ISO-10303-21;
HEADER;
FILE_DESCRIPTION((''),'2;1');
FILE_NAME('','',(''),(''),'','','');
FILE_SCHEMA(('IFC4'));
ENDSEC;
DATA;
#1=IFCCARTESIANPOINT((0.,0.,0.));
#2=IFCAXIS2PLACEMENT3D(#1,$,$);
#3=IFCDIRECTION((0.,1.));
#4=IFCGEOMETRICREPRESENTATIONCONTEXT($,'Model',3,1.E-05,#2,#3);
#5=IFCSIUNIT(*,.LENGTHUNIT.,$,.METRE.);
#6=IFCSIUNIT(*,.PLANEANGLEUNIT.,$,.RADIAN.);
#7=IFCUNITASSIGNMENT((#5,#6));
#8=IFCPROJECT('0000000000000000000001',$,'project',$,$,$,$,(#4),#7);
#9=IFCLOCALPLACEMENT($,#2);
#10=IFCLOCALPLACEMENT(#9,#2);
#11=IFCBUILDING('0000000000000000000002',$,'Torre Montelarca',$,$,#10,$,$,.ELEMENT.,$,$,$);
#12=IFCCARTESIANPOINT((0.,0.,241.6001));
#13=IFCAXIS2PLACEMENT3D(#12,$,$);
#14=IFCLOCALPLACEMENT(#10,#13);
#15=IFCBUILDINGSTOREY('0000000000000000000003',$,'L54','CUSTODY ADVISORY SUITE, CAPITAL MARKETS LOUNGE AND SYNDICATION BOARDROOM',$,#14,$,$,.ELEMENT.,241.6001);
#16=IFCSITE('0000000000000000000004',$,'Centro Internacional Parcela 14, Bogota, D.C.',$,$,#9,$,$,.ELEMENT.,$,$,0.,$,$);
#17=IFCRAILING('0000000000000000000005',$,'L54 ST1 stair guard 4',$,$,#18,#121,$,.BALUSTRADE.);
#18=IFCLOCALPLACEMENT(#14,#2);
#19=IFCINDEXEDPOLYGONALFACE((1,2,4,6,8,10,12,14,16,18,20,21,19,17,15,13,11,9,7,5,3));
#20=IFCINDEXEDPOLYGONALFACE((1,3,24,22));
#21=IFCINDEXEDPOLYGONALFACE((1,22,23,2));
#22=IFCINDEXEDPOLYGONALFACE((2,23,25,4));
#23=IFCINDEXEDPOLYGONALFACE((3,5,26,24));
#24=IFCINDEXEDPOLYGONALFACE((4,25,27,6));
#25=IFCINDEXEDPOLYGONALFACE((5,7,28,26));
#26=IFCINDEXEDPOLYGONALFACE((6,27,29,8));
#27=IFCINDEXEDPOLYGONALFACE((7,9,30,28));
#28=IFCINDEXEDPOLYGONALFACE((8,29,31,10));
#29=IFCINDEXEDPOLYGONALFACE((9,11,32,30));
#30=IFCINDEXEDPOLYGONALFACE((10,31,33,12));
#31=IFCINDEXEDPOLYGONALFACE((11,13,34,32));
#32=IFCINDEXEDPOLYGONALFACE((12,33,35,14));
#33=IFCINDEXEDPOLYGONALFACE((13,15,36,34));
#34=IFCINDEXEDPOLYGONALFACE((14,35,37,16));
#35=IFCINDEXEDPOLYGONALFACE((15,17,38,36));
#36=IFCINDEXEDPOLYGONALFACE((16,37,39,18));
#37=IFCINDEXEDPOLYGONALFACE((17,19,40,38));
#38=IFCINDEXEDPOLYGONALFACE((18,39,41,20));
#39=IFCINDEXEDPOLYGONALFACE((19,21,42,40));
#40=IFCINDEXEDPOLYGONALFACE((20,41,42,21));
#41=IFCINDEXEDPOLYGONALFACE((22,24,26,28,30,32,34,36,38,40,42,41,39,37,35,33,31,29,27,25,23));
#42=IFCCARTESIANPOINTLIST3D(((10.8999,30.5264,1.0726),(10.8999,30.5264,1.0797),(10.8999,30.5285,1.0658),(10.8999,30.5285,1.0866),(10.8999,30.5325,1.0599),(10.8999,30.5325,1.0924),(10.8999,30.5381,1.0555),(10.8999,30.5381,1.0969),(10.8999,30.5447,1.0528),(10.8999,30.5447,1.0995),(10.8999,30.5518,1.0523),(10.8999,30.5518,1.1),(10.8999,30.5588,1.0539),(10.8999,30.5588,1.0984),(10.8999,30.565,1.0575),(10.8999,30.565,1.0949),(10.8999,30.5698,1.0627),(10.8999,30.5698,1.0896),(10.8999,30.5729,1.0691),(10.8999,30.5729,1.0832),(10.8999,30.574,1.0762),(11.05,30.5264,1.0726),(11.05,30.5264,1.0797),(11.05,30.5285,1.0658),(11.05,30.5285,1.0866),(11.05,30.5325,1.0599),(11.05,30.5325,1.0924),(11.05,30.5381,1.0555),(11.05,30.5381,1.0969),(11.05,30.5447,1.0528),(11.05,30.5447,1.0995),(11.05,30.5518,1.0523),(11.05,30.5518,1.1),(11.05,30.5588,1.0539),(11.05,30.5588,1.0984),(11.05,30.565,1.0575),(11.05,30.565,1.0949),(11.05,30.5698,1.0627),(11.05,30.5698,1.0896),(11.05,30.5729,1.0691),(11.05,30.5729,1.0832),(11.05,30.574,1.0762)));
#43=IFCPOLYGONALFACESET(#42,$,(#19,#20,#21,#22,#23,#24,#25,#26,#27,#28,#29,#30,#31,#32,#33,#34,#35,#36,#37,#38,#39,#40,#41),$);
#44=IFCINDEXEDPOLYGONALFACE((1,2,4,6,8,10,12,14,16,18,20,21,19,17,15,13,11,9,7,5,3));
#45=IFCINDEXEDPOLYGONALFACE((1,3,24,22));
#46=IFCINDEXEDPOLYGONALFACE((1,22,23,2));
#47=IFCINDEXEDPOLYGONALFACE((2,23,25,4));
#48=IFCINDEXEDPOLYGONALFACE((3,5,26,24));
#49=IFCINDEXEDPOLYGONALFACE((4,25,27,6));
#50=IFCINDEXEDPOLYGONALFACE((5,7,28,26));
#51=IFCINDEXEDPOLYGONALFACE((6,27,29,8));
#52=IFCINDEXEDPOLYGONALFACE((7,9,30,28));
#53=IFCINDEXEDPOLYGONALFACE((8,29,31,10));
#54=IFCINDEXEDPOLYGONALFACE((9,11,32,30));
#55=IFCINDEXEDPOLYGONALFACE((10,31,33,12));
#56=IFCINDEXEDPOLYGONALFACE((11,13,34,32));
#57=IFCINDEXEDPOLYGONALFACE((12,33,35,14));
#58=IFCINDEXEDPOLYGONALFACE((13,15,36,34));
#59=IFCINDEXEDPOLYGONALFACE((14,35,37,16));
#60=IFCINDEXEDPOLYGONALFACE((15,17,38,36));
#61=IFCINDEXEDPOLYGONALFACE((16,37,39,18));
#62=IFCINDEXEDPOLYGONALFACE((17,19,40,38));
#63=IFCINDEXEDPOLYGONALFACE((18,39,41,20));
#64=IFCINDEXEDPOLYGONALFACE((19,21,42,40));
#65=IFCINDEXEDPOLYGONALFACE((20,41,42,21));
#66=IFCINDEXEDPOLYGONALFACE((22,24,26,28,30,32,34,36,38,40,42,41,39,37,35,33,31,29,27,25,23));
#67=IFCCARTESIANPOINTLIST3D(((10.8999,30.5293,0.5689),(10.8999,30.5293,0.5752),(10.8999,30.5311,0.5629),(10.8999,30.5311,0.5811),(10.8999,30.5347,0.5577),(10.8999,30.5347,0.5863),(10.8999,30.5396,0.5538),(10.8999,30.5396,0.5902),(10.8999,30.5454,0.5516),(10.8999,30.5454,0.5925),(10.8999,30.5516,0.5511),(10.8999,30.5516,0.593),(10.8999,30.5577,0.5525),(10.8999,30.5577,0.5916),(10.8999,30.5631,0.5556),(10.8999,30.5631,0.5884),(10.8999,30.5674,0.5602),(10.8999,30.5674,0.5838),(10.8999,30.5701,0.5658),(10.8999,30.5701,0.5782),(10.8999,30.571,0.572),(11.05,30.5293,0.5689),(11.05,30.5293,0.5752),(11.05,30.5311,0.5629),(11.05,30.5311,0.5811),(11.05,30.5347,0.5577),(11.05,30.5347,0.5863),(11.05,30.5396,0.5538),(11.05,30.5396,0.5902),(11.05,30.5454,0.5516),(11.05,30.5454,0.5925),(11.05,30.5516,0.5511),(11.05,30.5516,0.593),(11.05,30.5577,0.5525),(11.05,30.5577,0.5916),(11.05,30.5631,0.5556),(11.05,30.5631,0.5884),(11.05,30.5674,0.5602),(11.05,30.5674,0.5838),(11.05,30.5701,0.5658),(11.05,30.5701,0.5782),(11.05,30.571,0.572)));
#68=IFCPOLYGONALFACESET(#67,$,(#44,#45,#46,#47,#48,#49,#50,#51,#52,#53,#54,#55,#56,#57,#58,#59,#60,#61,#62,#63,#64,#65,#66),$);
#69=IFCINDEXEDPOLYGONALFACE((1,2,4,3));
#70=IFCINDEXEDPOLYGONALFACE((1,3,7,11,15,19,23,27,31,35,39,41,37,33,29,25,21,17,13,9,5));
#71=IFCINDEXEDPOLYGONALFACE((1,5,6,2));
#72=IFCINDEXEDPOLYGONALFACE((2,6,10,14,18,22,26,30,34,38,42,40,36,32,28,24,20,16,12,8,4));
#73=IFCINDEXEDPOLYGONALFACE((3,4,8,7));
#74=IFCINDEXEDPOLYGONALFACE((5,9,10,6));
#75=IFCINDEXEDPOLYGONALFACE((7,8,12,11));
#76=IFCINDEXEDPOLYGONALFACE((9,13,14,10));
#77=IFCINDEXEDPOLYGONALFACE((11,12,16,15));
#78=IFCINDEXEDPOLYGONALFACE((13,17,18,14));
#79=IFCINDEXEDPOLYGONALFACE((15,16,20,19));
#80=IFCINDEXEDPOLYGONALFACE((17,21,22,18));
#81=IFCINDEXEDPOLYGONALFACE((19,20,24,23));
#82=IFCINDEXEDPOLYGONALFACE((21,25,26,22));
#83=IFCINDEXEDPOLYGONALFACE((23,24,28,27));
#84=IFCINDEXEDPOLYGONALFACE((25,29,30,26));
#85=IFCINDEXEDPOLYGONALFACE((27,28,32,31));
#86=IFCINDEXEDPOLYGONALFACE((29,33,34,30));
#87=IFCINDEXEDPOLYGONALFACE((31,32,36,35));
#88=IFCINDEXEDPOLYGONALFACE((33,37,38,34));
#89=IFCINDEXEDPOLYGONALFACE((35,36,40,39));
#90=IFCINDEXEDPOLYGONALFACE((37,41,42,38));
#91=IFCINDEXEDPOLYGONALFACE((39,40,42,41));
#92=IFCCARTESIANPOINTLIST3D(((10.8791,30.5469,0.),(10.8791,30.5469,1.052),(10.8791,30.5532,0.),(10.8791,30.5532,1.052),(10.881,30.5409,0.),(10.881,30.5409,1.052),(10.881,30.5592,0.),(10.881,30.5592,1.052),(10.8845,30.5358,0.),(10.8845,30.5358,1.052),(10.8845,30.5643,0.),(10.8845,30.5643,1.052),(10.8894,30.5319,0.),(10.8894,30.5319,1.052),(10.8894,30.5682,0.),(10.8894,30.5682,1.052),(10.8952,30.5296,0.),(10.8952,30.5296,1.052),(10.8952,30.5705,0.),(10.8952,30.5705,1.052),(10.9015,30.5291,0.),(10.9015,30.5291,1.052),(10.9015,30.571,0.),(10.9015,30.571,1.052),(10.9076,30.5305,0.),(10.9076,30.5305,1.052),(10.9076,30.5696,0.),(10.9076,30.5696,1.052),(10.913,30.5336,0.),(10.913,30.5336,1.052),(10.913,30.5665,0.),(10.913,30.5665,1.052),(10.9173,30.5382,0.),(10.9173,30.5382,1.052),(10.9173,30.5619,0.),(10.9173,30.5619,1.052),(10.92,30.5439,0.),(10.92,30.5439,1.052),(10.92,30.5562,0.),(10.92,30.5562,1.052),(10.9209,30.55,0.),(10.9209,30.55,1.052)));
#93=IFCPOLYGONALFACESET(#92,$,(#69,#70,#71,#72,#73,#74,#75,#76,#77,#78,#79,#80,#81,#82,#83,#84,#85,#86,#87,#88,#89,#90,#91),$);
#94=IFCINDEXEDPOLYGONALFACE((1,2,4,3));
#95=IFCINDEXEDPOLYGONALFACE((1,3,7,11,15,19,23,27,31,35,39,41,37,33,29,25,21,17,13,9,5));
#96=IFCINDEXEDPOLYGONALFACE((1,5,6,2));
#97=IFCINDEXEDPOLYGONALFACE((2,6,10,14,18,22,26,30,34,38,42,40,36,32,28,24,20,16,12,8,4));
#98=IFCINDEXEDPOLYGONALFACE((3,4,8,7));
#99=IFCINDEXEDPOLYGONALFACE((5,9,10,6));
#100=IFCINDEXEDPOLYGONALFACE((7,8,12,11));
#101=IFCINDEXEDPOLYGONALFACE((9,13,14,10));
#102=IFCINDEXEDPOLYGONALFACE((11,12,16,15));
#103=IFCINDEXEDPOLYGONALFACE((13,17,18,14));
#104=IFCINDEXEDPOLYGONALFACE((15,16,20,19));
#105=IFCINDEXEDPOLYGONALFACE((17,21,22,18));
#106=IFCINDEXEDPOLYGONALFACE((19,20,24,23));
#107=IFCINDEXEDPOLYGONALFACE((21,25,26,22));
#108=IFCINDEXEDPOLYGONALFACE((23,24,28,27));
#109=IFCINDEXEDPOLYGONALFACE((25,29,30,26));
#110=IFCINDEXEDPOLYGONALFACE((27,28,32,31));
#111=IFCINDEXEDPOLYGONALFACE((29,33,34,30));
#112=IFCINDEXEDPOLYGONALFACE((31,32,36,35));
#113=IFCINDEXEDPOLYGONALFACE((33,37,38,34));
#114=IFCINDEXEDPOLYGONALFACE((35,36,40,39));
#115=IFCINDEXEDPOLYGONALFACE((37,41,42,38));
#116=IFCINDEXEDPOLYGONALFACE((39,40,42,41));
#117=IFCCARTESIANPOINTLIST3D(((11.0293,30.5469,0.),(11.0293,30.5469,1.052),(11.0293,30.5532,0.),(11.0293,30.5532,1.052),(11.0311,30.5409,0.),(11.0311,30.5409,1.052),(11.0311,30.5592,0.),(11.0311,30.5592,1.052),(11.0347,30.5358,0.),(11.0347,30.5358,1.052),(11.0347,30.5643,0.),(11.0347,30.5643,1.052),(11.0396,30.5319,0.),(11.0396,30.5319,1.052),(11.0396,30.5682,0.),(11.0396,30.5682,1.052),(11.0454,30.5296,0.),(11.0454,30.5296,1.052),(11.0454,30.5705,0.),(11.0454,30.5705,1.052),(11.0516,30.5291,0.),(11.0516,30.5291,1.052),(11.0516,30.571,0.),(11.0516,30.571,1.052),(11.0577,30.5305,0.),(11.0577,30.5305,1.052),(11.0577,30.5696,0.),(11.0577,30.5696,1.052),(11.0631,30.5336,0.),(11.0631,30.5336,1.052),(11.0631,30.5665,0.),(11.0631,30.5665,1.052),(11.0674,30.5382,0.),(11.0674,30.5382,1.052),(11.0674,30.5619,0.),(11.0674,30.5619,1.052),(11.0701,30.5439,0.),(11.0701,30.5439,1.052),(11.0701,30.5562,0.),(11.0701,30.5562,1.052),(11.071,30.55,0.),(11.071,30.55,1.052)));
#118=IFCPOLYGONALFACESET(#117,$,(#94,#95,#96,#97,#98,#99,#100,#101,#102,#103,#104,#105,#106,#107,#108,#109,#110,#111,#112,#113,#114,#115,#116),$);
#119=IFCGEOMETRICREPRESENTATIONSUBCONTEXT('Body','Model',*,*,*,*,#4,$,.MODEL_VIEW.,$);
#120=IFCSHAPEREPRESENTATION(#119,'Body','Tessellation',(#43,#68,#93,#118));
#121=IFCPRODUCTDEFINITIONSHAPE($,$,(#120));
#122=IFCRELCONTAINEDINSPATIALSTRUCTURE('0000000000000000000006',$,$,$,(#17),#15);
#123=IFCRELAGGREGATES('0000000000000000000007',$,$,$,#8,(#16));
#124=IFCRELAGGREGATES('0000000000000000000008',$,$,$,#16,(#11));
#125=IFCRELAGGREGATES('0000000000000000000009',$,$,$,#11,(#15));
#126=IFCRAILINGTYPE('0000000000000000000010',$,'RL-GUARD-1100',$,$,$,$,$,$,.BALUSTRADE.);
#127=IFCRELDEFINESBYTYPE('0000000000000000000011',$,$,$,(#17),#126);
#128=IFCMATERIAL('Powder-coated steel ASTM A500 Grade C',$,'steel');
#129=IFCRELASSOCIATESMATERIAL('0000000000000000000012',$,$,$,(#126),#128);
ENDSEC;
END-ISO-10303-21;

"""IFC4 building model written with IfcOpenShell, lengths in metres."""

from ifc_helpers import new_model, si_unit, direction, frame, origin, origin_2d, place, context, subcontext, project, spatial, circle, extrude, material, type_object, element, save


model = new_model("IFC4")

# Units and contexts
model_context = context("Model", 3, precision=1e-05, world=origin(), true_north=direction((0.0, 1.0)))
body_context = subcontext(model_context, "Body", "Model", "MODEL_VIEW")
ifc_project = project(units=[si_unit("LENGTHUNIT", "METRE"), si_unit("PLANEANGLEUNIT", "RADIAN")], contexts=[model_context])

# Site, building, storey
site_placement = place(None, origin())
site = spatial("IfcSite", under=ifc_project, at=site_placement, Name="Centro Internacional Parcela 14, Bogota, D.C.", CompositionType="ELEMENT", RefElevation=0.0)
building_placement = place(site_placement, origin())
building = spatial("IfcBuilding", under=site, at=building_placement, Name="Torre Montelarca", CompositionType="ELEMENT")
storey_placement = place(building_placement, frame((0.0, 0.0, 241.6001)))
storey = spatial("IfcBuildingStorey", under=building, at=storey_placement, Name="L54", Description="CUSTODY ADVISORY SUITE, CAPITAL MARKETS LOUNGE AND SYNDICATION BOARDROOM", CompositionType="ELEMENT", Elevation=241.6001)

# Railing
ifc_material_1 = material(Name="Powder-coated steel ASTM A500 Grade C", Category="steel")
railing_type_1 = type_object("IfcRailingType", Name="RL-GUARD-1100", PredefinedType="BALUSTRADE", material=ifc_material_1)
railing_1_placement = place(storey_placement, frame((10.8999, 30.55, 0.0)))
element("IfcRailing", 1, at=railing_1_placement, inside=storey, type_object=railing_type_1, Name="L54 ST1 stair guard 4", PredefinedType="BALUSTRADE", context=body_context, shape_type="SweptSolid", body=[
    extrude(circle(Radius=0.0239, at=origin_2d()), frame((0.0, 0.0, 1.0762), z_axis=(1.0, 0.0, 0.0), x_axis=(0.0, 1.0, 0.0)), (0.0, 0.0, 1.0), 0.1501),
    extrude(circle(Radius=0.021, at=origin_2d()), frame((0.0, 0.0, 0.572), z_axis=(1.0, 0.0, 0.0), x_axis=(0.0, 1.0, 0.0)), (0.0, 0.0, 1.0), 0.1501),
    extrude(circle(Radius=0.021, at=origin_2d()), origin(), (0.0, 0.0, 1.0), 1.052),
    extrude(circle(Radius=0.021, at=origin_2d()), frame((0.1501, 0.0, 0.0)), (0.0, 0.0, 1.0), 1.052),
])

save(model, "model.ifc")
